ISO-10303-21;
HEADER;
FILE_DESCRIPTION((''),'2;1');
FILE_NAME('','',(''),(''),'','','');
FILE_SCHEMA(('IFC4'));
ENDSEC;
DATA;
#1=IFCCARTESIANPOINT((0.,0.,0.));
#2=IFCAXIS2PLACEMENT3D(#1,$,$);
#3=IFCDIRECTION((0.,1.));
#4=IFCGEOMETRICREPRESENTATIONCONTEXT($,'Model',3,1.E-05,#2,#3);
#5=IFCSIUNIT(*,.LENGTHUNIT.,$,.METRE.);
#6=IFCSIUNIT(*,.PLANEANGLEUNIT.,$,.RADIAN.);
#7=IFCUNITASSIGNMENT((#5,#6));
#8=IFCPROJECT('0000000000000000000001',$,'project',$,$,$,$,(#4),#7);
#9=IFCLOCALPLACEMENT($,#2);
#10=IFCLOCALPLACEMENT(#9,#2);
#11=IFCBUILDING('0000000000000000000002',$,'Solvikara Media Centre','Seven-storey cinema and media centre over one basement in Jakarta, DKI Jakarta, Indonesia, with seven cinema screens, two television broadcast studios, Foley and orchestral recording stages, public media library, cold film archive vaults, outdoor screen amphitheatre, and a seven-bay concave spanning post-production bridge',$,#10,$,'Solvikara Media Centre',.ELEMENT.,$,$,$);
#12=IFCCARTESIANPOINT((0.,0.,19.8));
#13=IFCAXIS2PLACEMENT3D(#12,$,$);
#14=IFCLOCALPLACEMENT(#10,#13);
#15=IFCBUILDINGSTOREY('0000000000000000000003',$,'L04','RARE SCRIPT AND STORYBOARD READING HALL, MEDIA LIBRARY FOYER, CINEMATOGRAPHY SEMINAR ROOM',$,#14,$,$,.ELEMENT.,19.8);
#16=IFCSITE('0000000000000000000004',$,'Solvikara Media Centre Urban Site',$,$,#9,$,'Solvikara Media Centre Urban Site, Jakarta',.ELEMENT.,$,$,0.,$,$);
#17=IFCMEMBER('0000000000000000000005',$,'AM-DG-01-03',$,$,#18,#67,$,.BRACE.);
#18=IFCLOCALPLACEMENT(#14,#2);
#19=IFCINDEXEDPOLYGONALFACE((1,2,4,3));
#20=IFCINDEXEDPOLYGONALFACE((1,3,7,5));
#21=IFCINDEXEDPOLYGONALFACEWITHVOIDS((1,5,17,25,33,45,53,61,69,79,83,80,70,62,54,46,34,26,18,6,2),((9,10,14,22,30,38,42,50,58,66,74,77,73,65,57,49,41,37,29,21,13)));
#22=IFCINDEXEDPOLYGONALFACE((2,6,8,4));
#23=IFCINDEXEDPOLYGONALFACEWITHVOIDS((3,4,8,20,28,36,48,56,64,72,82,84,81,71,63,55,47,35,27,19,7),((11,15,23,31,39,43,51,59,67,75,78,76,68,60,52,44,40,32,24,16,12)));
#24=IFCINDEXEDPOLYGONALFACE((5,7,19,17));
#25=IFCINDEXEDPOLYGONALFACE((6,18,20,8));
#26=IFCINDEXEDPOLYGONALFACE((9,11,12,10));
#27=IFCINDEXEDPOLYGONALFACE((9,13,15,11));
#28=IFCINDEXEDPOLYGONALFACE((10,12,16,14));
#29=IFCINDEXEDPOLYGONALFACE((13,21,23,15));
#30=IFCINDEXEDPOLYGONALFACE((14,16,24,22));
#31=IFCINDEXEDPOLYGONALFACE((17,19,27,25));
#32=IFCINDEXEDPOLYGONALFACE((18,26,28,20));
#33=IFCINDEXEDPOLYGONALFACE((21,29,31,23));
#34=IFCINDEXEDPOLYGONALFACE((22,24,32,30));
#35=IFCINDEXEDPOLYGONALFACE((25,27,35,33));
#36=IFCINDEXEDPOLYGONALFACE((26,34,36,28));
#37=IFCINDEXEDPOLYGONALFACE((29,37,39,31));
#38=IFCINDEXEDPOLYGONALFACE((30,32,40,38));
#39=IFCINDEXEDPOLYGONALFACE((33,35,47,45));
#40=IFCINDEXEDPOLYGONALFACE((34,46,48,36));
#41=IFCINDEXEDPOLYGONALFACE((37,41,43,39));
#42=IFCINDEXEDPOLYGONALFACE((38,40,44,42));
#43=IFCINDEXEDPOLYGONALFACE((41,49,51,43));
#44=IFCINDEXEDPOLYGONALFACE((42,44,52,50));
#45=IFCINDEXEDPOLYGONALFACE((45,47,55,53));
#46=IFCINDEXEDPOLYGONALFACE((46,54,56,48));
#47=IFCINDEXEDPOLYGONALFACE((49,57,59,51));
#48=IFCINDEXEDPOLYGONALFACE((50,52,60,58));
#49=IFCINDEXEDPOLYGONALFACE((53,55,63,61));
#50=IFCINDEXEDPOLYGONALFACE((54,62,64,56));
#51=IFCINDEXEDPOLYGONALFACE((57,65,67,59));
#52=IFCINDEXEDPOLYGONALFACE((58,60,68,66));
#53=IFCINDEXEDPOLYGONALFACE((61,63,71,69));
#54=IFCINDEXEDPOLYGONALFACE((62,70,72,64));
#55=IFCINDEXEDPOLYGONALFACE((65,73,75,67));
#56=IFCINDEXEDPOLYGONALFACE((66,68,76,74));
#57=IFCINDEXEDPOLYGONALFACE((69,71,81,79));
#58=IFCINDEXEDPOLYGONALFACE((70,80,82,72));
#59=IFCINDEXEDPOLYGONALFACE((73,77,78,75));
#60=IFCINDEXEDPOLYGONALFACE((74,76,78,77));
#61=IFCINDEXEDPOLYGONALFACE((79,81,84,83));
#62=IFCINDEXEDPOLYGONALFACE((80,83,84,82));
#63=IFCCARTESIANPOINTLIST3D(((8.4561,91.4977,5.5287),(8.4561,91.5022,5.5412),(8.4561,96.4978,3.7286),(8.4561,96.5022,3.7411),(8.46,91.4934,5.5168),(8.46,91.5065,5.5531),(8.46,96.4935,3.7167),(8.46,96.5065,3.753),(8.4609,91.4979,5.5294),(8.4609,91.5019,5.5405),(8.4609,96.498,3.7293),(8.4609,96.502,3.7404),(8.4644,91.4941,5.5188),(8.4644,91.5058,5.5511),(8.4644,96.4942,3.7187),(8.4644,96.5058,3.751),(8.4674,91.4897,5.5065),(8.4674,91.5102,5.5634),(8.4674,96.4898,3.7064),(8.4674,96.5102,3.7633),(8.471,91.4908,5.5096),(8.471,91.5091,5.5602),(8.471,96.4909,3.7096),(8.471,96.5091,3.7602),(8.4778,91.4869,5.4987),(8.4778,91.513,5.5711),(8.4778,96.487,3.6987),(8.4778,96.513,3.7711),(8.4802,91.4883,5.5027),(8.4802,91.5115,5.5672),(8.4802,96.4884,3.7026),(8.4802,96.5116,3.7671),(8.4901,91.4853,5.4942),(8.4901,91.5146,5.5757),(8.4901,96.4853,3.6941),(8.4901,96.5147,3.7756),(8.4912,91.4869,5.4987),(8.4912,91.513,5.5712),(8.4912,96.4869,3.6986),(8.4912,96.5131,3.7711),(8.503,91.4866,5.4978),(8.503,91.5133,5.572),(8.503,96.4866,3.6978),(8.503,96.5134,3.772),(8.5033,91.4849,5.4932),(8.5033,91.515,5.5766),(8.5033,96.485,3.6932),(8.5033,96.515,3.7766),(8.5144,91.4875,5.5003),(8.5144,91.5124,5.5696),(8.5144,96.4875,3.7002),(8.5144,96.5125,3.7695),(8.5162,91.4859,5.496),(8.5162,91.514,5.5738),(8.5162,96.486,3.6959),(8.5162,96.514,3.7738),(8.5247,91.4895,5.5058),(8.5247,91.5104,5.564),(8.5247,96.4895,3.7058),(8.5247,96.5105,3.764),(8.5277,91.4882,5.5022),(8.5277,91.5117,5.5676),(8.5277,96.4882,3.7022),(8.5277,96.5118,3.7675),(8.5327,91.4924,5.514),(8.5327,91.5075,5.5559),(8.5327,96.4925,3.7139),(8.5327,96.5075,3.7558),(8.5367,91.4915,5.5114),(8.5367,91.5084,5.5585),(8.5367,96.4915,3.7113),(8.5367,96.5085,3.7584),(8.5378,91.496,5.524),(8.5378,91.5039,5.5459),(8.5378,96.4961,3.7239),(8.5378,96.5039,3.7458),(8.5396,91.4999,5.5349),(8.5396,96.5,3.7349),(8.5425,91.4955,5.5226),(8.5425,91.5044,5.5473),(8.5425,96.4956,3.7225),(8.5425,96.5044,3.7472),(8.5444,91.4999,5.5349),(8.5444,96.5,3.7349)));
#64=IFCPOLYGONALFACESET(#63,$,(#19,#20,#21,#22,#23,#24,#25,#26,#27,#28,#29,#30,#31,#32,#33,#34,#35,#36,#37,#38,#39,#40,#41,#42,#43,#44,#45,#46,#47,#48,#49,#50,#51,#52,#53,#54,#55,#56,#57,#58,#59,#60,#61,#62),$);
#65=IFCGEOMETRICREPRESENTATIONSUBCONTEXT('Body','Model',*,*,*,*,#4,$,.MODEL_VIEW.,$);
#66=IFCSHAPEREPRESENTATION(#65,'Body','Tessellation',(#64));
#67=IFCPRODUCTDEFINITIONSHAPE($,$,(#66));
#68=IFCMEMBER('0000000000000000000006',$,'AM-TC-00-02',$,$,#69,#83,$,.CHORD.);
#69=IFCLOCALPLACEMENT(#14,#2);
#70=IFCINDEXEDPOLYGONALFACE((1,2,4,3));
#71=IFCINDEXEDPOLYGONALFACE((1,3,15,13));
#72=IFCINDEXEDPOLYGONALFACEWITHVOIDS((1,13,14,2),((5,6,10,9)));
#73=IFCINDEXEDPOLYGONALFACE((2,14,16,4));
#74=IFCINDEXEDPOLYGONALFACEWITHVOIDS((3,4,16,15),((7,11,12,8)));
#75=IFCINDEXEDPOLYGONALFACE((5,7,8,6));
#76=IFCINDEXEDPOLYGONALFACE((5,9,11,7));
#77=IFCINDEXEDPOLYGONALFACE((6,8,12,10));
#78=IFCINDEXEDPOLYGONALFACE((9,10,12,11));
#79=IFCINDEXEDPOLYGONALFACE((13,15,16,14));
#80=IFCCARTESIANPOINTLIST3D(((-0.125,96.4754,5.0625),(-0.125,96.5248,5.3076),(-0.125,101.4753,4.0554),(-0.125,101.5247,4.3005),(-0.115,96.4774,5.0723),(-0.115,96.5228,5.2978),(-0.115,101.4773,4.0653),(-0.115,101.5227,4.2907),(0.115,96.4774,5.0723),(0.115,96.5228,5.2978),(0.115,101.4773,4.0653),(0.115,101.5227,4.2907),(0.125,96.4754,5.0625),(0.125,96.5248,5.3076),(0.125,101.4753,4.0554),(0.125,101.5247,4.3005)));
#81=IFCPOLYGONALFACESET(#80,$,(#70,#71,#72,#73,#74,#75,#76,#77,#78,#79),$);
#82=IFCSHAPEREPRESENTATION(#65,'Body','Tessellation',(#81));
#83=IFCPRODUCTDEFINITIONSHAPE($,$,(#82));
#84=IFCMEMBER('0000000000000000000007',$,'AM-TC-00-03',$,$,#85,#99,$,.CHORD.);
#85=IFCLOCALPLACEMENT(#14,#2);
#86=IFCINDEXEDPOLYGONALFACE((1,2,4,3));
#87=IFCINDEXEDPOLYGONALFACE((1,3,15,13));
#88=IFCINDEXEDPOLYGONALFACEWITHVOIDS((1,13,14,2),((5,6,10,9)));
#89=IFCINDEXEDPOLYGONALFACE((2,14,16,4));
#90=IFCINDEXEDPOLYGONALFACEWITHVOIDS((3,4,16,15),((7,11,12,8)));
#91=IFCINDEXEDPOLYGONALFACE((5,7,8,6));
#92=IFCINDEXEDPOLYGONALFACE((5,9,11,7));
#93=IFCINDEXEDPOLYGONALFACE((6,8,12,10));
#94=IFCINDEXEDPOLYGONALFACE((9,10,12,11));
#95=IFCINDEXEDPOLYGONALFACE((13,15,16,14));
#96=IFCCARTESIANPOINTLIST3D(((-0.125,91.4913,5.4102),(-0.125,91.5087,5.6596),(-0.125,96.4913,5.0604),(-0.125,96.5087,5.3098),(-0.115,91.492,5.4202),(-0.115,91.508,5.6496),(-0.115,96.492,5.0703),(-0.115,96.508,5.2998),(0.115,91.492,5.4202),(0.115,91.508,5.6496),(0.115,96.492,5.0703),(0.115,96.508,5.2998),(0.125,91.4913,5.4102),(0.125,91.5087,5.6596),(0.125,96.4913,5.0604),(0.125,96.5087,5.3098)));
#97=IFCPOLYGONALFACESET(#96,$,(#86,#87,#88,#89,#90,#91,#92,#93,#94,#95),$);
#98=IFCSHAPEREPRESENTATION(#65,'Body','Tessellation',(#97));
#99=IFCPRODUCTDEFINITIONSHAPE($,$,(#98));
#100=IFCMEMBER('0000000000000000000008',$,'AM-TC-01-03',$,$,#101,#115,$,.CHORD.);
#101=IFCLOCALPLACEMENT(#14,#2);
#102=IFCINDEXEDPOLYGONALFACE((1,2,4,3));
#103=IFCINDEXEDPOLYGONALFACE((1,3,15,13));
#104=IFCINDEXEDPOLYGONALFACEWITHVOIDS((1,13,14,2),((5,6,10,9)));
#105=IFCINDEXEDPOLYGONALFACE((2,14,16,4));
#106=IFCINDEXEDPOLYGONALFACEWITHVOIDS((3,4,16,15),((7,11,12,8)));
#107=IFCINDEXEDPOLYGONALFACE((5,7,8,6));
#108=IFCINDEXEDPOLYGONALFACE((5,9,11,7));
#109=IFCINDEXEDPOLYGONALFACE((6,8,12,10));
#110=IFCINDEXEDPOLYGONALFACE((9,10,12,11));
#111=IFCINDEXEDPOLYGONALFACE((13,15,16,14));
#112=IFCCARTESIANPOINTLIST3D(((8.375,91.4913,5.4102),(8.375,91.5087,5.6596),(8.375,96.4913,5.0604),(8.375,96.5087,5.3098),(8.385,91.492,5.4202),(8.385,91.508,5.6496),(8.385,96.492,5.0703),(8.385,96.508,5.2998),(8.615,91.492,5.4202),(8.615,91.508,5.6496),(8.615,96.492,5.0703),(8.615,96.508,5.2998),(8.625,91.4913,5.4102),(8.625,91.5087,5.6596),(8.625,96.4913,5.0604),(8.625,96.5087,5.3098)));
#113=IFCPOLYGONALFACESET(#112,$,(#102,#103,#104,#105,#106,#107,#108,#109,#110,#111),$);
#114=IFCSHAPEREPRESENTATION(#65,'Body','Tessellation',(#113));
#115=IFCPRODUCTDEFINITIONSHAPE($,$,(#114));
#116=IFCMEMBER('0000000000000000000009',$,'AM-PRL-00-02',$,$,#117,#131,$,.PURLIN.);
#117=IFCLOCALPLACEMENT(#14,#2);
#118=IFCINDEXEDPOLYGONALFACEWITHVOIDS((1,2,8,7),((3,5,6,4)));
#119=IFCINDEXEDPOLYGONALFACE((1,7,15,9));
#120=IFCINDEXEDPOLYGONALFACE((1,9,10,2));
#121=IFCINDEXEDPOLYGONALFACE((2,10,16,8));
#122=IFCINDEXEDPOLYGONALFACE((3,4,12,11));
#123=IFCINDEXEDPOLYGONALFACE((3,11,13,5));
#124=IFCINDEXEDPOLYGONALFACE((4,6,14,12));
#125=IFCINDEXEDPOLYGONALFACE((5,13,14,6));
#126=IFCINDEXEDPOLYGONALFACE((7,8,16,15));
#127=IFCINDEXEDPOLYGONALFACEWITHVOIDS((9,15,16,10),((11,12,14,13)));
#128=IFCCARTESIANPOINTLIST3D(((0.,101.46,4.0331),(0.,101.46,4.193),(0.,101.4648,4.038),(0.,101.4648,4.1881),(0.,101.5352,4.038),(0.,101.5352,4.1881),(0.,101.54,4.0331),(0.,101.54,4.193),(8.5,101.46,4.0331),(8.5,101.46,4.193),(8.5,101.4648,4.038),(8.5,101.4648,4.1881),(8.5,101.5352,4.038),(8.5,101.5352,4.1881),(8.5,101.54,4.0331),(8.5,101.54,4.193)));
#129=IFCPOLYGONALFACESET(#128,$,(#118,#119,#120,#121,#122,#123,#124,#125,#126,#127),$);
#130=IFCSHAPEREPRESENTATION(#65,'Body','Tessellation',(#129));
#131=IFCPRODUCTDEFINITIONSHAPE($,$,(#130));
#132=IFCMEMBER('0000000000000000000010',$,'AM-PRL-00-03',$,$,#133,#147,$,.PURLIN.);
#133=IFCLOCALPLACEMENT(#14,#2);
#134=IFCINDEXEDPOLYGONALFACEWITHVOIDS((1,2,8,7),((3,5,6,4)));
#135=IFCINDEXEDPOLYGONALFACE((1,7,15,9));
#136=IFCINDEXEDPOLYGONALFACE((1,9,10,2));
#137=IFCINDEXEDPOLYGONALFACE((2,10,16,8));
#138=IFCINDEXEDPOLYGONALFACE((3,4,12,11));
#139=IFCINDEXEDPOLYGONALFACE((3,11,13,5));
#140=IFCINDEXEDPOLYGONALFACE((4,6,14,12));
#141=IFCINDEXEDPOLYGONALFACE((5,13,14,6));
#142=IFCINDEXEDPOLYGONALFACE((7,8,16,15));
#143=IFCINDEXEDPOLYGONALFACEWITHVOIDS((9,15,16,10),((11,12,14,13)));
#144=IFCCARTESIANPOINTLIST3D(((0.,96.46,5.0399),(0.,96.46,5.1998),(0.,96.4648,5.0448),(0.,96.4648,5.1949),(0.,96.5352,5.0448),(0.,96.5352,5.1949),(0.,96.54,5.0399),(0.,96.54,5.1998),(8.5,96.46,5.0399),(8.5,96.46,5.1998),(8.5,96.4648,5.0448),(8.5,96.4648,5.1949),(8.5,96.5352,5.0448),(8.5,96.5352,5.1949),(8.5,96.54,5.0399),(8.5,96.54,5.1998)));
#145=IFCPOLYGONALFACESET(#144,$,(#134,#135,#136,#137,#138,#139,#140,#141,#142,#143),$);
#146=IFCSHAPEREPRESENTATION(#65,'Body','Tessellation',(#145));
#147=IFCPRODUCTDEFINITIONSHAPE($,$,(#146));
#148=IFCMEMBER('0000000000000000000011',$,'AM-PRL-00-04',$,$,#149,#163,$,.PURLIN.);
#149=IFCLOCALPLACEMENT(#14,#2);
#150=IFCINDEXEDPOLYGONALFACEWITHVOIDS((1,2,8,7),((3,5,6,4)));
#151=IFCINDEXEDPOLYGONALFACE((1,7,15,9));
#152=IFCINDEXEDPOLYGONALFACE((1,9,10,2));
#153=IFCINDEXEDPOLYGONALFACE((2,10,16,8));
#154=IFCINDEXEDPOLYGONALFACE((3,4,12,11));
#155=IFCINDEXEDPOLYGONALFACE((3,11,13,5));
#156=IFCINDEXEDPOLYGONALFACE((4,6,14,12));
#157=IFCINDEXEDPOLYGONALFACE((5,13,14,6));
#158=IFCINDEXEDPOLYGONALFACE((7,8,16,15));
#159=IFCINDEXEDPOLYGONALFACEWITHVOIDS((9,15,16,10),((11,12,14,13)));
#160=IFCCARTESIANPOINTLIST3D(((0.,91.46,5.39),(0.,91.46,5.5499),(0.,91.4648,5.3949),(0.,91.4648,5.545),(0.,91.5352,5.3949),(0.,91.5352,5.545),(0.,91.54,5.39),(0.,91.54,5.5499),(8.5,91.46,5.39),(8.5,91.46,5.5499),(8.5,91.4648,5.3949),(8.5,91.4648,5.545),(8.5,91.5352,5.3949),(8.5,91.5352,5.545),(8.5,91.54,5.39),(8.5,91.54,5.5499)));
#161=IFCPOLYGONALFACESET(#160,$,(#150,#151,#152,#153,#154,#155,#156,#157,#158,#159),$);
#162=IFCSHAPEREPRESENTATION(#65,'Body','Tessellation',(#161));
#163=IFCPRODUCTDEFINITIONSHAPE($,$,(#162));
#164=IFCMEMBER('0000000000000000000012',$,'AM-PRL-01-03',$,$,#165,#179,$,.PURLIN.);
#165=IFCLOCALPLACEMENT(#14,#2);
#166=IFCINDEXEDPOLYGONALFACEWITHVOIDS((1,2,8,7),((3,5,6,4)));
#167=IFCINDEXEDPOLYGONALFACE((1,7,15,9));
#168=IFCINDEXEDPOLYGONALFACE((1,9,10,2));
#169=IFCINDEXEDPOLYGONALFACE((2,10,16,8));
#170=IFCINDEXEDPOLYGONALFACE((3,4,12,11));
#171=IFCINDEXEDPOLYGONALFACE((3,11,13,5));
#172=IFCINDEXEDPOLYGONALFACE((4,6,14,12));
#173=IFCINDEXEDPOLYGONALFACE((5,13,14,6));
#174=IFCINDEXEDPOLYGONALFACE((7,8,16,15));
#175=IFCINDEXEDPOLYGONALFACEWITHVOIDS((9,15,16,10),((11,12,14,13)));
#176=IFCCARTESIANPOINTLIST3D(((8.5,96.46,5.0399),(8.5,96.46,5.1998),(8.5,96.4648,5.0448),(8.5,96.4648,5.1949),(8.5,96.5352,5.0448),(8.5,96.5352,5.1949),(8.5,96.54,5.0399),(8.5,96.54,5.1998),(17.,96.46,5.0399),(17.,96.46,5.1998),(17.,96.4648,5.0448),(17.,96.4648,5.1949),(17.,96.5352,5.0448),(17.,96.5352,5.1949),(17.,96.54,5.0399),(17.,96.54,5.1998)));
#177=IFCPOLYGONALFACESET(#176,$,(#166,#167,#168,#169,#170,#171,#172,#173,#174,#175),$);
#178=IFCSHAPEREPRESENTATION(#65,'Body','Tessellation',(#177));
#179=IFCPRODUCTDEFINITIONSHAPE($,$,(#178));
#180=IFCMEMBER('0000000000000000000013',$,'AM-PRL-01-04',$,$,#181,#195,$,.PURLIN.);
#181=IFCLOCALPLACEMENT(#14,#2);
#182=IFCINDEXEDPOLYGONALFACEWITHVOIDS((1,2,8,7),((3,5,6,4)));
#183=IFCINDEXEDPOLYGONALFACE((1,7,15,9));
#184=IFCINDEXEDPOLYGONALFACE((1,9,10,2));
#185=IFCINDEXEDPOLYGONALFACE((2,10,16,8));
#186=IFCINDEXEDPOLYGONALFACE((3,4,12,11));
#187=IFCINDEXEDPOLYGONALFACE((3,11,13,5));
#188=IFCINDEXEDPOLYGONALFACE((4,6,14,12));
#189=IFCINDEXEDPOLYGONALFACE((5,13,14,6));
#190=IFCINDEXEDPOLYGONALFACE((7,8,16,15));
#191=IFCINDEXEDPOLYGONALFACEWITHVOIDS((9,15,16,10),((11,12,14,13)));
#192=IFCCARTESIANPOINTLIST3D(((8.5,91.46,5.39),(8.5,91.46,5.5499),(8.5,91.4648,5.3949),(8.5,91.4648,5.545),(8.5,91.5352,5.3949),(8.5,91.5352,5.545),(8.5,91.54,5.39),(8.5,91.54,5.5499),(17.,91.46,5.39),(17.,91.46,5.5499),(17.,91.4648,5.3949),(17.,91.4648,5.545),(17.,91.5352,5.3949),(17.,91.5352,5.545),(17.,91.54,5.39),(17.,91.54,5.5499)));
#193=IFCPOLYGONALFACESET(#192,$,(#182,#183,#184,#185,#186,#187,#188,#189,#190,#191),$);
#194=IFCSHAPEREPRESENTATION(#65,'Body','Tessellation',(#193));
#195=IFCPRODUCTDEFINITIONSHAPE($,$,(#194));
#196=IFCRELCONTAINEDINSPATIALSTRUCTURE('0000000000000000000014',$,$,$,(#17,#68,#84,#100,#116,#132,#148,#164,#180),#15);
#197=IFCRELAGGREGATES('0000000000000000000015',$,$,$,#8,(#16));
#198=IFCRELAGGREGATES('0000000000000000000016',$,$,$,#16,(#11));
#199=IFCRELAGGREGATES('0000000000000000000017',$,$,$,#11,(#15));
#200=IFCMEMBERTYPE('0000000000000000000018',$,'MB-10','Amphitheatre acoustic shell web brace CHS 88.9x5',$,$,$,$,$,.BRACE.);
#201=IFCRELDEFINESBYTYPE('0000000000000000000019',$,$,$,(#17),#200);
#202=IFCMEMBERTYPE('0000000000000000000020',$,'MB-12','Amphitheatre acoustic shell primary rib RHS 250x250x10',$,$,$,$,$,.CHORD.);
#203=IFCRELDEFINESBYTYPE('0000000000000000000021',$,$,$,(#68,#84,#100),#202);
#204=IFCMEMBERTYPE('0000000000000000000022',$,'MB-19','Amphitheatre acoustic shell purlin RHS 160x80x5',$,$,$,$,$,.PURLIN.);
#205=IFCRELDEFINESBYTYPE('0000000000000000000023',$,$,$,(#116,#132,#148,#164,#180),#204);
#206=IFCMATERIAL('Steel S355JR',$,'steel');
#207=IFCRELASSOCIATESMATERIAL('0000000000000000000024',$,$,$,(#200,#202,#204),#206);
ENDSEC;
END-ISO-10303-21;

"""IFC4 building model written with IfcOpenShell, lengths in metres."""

from ifc_helpers import new_model, si_unit, direction, frame, origin, origin_2d, place, context, subcontext, project, spatial, hollow_rectangle, hollow_circle, extrude, material, material_profile, profile_set, type_object, element, save


model = new_model("IFC4")

# Units and contexts
model_context = context("Model", 3, precision=1e-05, world=origin(), true_north=direction((0.0, 1.0)))
body_context = subcontext(model_context, "Body", "Model", "MODEL_VIEW")
ifc_project = project(units=[si_unit("LENGTHUNIT", "METRE"), si_unit("PLANEANGLEUNIT", "RADIAN")], contexts=[model_context])

# Site, building, storey
site_placement = place(None, origin())
site = spatial("IfcSite", under=ifc_project, at=site_placement, Name="Solvikara Media Centre Urban Site", LongName="Solvikara Media Centre Urban Site, Jakarta", CompositionType="ELEMENT", RefElevation=0.0)
building_placement = place(site_placement, origin())
building = spatial("IfcBuilding", under=site, at=building_placement, Name="Solvikara Media Centre", Description="Seven-storey cinema and media centre over one basement in Jakarta, DKI Jakarta, Indonesia, with seven cinema screens, two television broadcast studios, Foley and orchestral recording stages, public media library, cold film archive vaults, outdoor screen amphitheatre, and a seven-bay concave spanning post-production bridge", LongName="Solvikara Media Centre", CompositionType="ELEMENT")
storey_placement = place(building_placement, frame((0.0, 0.0, 19.8)))
storey = spatial("IfcBuildingStorey", under=building, at=storey_placement, Name="L04", Description="RARE SCRIPT AND STORYBOARD READING HALL, MEDIA LIBRARY FOYER, CINEMATOGRAPHY SEMINAR ROOM", CompositionType="ELEMENT", Elevation=19.8)

# Shared definitions
ifc_material_1 = material(Name="Steel S355JR", Category="steel")

# Members
ifc_material_profile_1 = material_profile(ifc_material_1, hollow_circle(Radius=0.0444, WallThickness=0.0049, at=origin_2d()), Name="CHS 88.9x5")
ifc_profile_set_1 = profile_set([ifc_material_profile_1], Name="Steel S355JR")
member_type_1 = type_object("IfcMemberType", Name="MB-10", Description="Amphitheatre acoustic shell web brace CHS 88.9x5", PredefinedType="BRACE", material=ifc_profile_set_1)
for number, where, z_axis, x_axis, name in (
    (1, (8.5, 96.5, 3.7349), (0.0, -0.940884, 0.338728), (1.0, 0.0, 0.0), "AM-DG-01-03"),
):
    element("IfcMember", number, at=place(storey_placement, frame(where, z_axis=z_axis, x_axis=x_axis)), inside=storey, type_object=member_type_1, Name=name, PredefinedType="BRACE", context=body_context, shape_type="SweptSolid", body=[
        extrude(hollow_circle(Radius=0.0444, WallThickness=0.0049, at=origin_2d()), origin(), (0.0, 0.0, 1.0), 5.3142),
    ])
ifc_material_profile_2 = material_profile(ifc_material_1, hollow_rectangle(XDim=0.25, YDim=0.25, WallThickness=0.01, at=origin_2d()), Name="RHS 250x250x10")
ifc_profile_set_2 = profile_set([ifc_material_profile_2], Name="Steel S355JR")
member_type_2 = type_object("IfcMemberType", Name="MB-12", Description="Amphitheatre acoustic shell primary rib RHS 250x250x10", PredefinedType="CHORD", material=ifc_profile_set_2)
member_1_placement = place(storey_placement, frame((0.0, 101.5, 4.178), z_axis=(0.0, -0.980313, 0.197451), x_axis=(1.0, 0.0, 0.0)))
element("IfcMember", 2, at=member_1_placement, inside=storey, type_object=member_type_2, Name="AM-TC-00-02", PredefinedType="CHORD", context=body_context, shape_type="SweptSolid", body=[
    extrude(hollow_rectangle(XDim=0.25, YDim=0.25, WallThickness=0.01, at=origin_2d()), origin(), (0.0, 0.0, 1.0), 5.1003),
])
for number, where, z_axis, x_axis, name in (
    (3, (0.0, 96.5, 5.1851), (0.0, -0.997561, 0.0698), (1.0, 0.0, 0.0), "AM-TC-00-03"),
    (4, (8.5, 96.5, 5.1851), (0.0, -0.997561, 0.0698), (1.0, 0.0, 0.0), "AM-TC-01-03"),
):
    element("IfcMember", number, at=place(storey_placement, frame(where, z_axis=z_axis, x_axis=x_axis)), inside=storey, type_object=member_type_2, Name=name, PredefinedType="CHORD", context=body_context, shape_type="SweptSolid", body=[
        extrude(hollow_rectangle(XDim=0.25, YDim=0.25, WallThickness=0.01, at=origin_2d()), origin(), (0.0, 0.0, 1.0), 5.0122),
    ])
ifc_material_profile_3 = material_profile(ifc_material_1, hollow_rectangle(XDim=0.0801, YDim=0.1599, WallThickness=0.0049, at=origin_2d()), Name="RHS 160x80x5")
ifc_profile_set_3 = profile_set([ifc_material_profile_3], Name="Steel S355JR")
member_type_3 = type_object("IfcMemberType", Name="MB-19", Description="Amphitheatre acoustic shell purlin RHS 160x80x5", PredefinedType="PURLIN", material=ifc_profile_set_3)
for number, where, z_axis, x_axis, name in (
    (5, (0.0, 101.5, 4.113), (1.0, 0.0, 0.0), (0.0, 1.0, 0.0), "AM-PRL-00-02"),
    (6, (0.0, 96.5, 5.1199), (1.0, 0.0, 0.0), (0.0, 1.0, 0.0), "AM-PRL-00-03"),
    (7, (0.0, 91.5, 5.47), (1.0, 0.0, 0.0), (0.0, 1.0, 0.0), "AM-PRL-00-04"),
    (8, (8.5, 96.5, 5.1199), (1.0, 0.0, 0.0), (0.0, 1.0, 0.0), "AM-PRL-01-03"),
    (9, (8.5, 91.5, 5.47), (1.0, 0.0, 0.0), (0.0, 1.0, 0.0), "AM-PRL-01-04"),
):
    element("IfcMember", number, at=place(storey_placement, frame(where, z_axis=z_axis, x_axis=x_axis)), inside=storey, type_object=member_type_3, Name=name, PredefinedType="PURLIN", context=body_context, shape_type="SweptSolid", body=[
        extrude(hollow_rectangle(XDim=0.0801, YDim=0.1599, WallThickness=0.0049, at=origin_2d()), origin(), (0.0, 0.0, 1.0), 8.5),
    ])

save(model, "model.ifc")
